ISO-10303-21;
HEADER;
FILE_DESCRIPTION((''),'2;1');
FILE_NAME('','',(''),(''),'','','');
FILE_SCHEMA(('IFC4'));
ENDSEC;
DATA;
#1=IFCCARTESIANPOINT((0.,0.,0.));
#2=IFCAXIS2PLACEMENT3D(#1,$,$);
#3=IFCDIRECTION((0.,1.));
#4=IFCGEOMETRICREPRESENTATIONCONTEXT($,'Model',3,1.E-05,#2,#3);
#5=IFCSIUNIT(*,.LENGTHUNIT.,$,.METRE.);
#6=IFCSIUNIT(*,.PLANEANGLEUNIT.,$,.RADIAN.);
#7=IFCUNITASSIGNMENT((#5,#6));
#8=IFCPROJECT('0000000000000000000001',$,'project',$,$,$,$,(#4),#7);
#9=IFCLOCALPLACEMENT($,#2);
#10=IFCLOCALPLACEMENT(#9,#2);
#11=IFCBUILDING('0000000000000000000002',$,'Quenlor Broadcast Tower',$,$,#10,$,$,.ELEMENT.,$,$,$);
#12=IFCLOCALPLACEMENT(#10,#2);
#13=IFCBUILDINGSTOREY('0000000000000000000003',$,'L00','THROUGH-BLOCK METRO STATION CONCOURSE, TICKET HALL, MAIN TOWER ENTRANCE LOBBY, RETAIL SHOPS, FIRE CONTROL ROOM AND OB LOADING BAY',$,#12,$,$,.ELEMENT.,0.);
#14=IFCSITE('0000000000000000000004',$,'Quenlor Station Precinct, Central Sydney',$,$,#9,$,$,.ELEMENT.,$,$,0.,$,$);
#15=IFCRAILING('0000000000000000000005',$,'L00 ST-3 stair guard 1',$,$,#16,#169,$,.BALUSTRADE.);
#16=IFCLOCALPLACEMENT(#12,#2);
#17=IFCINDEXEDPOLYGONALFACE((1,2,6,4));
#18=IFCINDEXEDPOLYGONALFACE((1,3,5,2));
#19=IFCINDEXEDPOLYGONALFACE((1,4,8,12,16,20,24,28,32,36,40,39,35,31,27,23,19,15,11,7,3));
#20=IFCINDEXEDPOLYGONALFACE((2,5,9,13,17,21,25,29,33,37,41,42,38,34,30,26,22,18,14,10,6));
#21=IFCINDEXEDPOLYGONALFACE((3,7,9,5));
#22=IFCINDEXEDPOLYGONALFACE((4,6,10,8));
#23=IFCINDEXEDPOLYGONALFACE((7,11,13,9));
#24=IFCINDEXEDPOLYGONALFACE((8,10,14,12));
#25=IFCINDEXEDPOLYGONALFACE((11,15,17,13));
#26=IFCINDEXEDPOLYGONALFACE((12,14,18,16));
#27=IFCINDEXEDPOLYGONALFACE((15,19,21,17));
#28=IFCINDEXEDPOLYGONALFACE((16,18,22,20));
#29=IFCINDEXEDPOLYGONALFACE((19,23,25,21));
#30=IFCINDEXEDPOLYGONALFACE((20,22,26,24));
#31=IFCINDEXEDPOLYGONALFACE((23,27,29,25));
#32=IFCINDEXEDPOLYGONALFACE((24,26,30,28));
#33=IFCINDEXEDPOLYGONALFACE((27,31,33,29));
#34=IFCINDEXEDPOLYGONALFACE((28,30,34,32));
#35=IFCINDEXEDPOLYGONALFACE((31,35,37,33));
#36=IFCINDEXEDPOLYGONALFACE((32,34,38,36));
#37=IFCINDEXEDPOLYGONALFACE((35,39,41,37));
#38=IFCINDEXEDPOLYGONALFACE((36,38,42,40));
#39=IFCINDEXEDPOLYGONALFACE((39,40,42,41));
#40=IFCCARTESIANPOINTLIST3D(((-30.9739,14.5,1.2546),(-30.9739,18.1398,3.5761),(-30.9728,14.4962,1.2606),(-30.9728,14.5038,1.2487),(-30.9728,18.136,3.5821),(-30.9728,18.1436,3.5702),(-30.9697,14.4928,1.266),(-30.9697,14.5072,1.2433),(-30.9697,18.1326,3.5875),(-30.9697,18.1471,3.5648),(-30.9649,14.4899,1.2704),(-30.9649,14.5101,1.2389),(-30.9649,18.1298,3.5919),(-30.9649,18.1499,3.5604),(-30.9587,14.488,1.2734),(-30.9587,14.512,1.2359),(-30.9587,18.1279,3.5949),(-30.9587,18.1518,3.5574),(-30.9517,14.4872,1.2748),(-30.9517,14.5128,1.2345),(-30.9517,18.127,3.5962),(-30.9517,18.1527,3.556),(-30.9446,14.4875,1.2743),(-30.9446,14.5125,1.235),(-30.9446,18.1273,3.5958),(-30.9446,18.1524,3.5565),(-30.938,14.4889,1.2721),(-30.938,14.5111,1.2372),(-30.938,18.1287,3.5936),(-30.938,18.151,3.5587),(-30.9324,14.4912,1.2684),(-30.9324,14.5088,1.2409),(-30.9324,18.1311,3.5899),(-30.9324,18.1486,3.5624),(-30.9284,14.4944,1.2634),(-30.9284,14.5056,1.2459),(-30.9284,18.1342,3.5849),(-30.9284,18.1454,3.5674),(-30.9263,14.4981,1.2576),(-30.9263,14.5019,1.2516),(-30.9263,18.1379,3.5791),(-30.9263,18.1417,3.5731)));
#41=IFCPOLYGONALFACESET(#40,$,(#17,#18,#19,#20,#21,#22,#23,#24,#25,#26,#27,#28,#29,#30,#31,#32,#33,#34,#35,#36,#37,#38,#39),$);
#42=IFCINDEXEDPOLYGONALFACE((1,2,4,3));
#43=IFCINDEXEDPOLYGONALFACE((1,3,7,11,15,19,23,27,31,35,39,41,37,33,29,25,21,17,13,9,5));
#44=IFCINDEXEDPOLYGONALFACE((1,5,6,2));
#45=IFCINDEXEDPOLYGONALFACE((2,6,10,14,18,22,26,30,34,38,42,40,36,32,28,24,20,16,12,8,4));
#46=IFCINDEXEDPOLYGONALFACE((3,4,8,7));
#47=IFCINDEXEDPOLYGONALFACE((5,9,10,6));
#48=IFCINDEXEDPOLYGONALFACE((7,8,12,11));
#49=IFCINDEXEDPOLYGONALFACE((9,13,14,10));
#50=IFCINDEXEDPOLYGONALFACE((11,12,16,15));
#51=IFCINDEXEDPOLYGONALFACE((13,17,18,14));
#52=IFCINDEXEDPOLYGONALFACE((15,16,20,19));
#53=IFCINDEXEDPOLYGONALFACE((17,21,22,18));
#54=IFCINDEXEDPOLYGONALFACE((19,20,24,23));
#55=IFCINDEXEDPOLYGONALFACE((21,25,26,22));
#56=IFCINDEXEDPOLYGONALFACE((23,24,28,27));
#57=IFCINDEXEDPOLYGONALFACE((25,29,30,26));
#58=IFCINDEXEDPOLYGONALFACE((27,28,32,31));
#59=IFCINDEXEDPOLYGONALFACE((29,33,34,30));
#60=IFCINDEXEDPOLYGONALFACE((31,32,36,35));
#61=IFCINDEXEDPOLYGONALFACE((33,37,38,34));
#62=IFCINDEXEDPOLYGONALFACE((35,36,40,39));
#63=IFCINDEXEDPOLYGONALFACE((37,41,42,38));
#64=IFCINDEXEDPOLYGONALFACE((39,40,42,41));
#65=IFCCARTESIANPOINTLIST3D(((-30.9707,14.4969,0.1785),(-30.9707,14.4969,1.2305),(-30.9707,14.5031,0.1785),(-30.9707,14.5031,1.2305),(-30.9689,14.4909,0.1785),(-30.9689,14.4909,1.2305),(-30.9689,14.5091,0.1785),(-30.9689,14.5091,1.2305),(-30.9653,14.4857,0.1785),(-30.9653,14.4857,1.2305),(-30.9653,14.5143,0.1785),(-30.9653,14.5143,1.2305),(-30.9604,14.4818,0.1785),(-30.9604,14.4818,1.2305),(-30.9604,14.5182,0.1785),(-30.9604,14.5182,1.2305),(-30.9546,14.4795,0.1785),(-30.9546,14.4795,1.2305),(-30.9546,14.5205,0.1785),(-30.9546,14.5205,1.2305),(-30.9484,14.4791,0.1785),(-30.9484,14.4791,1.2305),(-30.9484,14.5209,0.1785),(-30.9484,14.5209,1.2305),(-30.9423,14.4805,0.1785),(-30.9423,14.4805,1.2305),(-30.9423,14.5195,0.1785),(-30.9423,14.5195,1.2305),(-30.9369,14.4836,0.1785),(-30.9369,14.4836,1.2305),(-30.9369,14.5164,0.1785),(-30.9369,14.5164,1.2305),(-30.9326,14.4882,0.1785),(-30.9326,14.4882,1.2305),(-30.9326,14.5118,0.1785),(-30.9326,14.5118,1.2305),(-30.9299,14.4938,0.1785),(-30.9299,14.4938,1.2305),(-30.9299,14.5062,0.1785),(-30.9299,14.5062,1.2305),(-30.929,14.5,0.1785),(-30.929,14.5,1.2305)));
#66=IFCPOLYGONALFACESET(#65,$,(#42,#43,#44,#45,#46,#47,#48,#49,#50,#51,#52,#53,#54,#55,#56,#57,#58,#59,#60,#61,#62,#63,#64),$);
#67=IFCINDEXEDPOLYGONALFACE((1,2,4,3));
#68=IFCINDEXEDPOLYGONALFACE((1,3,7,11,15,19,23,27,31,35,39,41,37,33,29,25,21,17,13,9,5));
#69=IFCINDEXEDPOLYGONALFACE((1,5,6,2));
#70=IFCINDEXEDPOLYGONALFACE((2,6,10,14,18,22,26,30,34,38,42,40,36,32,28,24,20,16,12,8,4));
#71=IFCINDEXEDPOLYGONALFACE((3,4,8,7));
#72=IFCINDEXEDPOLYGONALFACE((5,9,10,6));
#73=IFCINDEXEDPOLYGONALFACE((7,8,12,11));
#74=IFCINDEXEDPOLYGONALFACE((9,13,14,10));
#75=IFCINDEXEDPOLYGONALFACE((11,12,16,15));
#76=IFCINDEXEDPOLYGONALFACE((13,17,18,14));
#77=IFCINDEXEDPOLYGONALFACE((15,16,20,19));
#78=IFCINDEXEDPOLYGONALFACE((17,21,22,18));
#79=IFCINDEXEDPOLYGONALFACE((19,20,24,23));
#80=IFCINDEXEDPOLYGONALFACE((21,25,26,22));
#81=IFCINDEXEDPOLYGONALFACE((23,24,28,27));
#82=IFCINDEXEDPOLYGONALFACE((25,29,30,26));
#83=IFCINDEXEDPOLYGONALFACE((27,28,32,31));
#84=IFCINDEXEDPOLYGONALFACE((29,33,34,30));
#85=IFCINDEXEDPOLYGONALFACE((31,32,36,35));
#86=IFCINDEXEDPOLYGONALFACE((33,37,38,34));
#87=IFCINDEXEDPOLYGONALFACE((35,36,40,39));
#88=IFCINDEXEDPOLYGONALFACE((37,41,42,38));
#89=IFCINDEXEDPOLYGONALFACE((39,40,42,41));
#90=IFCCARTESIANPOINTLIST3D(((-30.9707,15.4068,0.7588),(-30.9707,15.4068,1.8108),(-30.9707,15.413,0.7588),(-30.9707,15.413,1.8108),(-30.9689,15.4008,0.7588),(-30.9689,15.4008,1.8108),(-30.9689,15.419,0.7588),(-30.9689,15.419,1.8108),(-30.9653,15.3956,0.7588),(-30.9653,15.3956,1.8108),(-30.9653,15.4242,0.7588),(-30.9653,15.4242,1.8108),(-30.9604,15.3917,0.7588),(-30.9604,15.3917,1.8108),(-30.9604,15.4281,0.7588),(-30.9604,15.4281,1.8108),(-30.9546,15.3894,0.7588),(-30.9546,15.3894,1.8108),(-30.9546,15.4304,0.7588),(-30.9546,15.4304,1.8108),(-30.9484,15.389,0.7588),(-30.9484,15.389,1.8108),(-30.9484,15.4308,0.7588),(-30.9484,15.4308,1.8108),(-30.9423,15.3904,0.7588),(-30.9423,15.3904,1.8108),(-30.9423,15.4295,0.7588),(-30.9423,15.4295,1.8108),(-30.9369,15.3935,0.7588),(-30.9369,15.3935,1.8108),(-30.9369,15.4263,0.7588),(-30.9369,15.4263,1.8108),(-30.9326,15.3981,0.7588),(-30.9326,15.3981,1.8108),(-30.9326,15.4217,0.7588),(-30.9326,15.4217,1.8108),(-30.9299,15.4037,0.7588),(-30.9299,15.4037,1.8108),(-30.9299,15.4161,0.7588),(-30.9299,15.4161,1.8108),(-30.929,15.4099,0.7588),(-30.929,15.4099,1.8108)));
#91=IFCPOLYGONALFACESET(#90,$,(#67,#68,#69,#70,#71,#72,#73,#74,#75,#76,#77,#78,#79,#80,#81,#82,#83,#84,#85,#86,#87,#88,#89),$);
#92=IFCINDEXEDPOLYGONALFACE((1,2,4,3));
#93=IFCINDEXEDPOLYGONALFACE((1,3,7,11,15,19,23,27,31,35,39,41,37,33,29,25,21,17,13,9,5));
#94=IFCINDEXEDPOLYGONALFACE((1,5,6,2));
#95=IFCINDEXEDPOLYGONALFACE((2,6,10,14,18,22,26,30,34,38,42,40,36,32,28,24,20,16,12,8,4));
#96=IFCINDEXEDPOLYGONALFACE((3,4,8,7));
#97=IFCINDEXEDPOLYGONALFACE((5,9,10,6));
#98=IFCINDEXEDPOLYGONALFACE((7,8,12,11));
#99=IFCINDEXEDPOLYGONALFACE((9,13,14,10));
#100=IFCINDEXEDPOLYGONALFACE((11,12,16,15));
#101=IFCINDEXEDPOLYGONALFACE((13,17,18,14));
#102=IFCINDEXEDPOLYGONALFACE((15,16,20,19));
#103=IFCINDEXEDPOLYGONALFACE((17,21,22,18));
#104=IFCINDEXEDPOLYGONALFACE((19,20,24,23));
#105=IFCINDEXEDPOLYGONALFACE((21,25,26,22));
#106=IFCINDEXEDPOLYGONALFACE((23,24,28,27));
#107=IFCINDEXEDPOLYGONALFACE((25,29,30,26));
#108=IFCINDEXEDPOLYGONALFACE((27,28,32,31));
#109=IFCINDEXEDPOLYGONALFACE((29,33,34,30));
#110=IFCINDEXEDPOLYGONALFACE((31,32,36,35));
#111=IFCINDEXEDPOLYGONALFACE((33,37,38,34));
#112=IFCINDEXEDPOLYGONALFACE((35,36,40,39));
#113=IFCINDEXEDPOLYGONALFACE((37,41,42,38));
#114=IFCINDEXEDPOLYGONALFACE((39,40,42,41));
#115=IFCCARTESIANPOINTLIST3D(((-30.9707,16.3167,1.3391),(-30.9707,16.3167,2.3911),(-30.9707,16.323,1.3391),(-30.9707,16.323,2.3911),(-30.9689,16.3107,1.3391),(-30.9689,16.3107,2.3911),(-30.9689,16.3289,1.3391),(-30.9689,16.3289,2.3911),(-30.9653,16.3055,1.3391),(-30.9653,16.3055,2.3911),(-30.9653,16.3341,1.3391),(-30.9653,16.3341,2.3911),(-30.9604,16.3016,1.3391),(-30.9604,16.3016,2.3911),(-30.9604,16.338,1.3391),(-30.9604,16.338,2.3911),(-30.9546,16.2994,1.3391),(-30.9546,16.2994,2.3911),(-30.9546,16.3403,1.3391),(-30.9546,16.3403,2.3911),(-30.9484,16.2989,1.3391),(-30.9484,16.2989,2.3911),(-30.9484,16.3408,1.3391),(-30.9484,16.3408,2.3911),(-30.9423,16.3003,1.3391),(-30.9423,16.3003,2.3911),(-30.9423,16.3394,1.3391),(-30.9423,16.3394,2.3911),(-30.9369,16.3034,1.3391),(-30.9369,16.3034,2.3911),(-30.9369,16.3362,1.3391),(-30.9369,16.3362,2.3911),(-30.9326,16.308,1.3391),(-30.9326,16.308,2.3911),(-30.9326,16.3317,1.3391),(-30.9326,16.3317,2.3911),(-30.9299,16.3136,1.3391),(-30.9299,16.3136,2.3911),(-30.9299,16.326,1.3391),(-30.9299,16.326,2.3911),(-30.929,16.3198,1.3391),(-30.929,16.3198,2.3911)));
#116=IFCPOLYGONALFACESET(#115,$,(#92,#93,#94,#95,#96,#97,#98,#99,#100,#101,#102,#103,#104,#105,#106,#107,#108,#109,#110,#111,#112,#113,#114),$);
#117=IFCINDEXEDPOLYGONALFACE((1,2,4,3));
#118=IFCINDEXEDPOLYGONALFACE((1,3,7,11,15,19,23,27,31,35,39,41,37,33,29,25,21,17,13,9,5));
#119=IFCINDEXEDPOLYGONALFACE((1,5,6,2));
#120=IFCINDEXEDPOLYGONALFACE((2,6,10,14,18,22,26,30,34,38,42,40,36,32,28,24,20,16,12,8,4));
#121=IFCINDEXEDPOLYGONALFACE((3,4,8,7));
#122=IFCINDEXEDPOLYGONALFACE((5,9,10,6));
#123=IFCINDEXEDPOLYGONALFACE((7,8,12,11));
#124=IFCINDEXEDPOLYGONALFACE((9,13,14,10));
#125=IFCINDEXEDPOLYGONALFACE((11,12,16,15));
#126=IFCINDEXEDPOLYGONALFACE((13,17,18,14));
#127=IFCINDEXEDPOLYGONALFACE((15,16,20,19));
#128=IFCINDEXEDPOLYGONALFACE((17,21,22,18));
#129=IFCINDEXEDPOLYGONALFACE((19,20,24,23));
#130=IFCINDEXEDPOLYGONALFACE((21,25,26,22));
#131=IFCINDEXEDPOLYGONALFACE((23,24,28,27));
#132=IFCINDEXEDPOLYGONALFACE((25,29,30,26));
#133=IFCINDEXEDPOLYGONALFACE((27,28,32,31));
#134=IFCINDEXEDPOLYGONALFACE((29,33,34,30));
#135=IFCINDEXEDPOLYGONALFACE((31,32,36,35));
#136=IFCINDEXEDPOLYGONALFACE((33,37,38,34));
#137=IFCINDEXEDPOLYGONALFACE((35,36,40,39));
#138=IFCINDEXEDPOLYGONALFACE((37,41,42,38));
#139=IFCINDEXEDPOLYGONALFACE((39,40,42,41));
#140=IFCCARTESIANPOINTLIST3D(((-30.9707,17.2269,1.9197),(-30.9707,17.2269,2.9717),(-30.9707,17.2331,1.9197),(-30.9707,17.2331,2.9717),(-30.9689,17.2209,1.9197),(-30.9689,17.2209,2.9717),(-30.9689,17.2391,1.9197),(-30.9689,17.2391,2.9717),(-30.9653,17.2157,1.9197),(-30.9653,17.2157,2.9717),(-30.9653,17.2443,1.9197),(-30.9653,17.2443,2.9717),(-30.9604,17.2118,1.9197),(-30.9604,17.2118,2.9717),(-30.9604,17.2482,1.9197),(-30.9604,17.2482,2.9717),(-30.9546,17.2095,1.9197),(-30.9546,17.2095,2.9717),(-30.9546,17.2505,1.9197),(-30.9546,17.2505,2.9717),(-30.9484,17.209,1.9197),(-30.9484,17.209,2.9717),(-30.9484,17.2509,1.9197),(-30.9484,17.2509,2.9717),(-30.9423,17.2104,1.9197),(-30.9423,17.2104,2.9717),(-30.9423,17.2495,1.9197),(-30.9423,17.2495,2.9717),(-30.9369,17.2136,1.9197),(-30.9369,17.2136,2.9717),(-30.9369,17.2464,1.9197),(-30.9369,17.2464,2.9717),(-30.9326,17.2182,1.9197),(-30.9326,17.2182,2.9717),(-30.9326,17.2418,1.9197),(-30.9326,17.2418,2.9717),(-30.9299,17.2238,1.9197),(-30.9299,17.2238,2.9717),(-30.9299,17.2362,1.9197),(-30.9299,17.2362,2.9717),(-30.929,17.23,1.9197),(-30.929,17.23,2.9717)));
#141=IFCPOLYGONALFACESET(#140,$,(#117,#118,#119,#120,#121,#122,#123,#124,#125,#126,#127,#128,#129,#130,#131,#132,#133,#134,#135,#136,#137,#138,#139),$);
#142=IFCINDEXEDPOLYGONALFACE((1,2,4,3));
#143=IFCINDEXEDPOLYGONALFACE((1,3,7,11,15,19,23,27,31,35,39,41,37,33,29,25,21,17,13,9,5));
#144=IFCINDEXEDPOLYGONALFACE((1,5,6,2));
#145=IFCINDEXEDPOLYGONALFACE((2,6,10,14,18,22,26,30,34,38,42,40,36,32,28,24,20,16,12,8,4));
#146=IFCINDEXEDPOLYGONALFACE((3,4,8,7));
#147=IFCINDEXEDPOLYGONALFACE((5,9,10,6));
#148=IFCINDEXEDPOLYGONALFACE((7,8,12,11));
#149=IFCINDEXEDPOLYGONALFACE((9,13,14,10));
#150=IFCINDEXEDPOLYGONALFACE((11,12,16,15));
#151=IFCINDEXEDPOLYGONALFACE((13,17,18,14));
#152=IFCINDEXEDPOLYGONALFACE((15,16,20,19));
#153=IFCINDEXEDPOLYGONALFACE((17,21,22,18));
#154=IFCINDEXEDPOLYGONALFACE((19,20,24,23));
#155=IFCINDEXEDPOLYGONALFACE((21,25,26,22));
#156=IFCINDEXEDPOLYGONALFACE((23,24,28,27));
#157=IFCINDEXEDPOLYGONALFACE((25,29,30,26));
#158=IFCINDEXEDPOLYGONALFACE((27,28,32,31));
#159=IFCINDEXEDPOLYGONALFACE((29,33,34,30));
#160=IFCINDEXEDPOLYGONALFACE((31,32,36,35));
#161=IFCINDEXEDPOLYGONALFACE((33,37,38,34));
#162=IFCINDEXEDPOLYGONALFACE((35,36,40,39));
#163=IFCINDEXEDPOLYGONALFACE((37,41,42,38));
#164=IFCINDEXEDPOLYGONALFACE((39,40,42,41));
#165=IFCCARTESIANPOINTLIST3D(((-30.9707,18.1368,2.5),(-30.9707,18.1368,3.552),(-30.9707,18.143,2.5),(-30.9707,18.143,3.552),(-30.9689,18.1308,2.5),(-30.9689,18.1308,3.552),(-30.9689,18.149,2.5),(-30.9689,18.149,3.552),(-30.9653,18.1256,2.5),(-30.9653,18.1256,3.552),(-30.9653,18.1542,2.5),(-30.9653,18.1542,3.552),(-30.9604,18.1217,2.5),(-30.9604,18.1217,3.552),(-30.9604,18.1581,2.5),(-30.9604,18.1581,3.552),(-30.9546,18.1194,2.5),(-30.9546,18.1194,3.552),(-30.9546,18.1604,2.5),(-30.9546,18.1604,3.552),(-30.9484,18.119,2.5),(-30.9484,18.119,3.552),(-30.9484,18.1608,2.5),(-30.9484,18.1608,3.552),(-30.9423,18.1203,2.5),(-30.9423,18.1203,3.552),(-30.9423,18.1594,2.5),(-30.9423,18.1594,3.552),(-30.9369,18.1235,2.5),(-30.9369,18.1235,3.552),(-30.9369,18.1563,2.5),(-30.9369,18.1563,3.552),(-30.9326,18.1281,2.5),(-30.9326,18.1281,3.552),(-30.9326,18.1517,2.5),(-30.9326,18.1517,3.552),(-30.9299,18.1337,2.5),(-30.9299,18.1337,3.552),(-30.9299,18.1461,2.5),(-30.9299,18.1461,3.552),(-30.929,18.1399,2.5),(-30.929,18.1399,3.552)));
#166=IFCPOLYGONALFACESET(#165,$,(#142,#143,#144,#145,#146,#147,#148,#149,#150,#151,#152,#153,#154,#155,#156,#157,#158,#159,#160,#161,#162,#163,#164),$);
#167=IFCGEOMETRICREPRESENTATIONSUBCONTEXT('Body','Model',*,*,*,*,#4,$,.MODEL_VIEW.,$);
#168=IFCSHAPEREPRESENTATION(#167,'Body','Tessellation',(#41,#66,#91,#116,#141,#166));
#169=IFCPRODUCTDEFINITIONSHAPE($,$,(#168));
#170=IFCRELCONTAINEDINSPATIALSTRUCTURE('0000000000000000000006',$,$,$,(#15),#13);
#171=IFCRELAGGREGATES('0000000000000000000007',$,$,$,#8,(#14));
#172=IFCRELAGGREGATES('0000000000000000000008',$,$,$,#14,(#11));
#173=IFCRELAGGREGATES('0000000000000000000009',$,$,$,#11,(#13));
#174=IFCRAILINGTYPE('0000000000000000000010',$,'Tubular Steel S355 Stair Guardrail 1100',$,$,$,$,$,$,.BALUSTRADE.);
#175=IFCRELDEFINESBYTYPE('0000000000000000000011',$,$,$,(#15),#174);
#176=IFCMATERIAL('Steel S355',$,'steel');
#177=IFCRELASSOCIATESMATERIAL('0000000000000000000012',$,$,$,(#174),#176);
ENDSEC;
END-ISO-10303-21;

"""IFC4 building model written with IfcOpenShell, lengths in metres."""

from ifc_helpers import new_model, si_unit, direction, frame, origin, origin_2d, place, context, subcontext, project, spatial, circle, extrude, material, type_object, element, save


model = new_model("IFC4")

# Units and contexts
model_context = context("Model", 3, precision=1e-05, world=origin(), true_north=direction((0.0, 1.0)))
body_context = subcontext(model_context, "Body", "Model", "MODEL_VIEW")
ifc_project = project(units=[si_unit("LENGTHUNIT", "METRE"), si_unit("PLANEANGLEUNIT", "RADIAN")], contexts=[model_context])

# Site, building, storey
site_placement = place(None, origin())
site = spatial("IfcSite", under=ifc_project, at=site_placement, Name="Quenlor Station Precinct, Central Sydney", CompositionType="ELEMENT", RefElevation=0.0)
building_placement = place(site_placement, origin())
building = spatial("IfcBuilding", under=site, at=building_placement, Name="Quenlor Broadcast Tower", CompositionType="ELEMENT")
storey_placement = place(building_placement, origin())
storey = spatial("IfcBuildingStorey", under=building, at=storey_placement, Name="L00", Description="THROUGH-BLOCK METRO STATION CONCOURSE, TICKET HALL, MAIN TOWER ENTRANCE LOBBY, RETAIL SHOPS, FIRE CONTROL ROOM AND OB LOADING BAY", CompositionType="ELEMENT", Elevation=0.0)

# Railing
ifc_material_1 = material(Name="Steel S355", Category="steel")
railing_type_1 = type_object("IfcRailingType", Name="Tubular Steel S355 Stair Guardrail 1100", PredefinedType="BALUSTRADE", material=ifc_material_1)
railing_1_placement = place(storey_placement, frame((-30.95, 14.5, 0.1785)))
element("IfcRailing", 1, at=railing_1_placement, inside=storey, type_object=railing_type_1, Name="L00 ST-3 stair guard 1", PredefinedType="BALUSTRADE", context=body_context, shape_type="SweptSolid", body=[
    extrude(circle(Radius=0.0239, at=origin_2d()), frame((0.0, 0.0, 1.0762), z_axis=(0.0, 0.843112, 0.537739), x_axis=(-1.0, 0.0, 0.0)), (0.0, 0.0, 1.0), 4.3171),
    extrude(circle(Radius=0.021, at=origin_2d()), origin(), (0.0, 0.0, 1.0), 1.052),
    extrude(circle(Radius=0.021, at=origin_2d()), frame((0.0, 0.9099, 0.5803)), (0.0, 0.0, 1.0), 1.052),
    extrude(circle(Radius=0.021, at=origin_2d()), frame((0.0, 1.8198, 1.1606)), (0.0, 0.0, 1.0), 1.052),
    extrude(circle(Radius=0.021, at=origin_2d()), frame((0.0, 2.73, 1.7412)), (0.0, 0.0, 1.0), 1.052),
    extrude(circle(Radius=0.021, at=origin_2d()), frame((0.0, 3.6399, 2.3215)), (0.0, 0.0, 1.0), 1.052),
])

save(model, "model.ifc")
